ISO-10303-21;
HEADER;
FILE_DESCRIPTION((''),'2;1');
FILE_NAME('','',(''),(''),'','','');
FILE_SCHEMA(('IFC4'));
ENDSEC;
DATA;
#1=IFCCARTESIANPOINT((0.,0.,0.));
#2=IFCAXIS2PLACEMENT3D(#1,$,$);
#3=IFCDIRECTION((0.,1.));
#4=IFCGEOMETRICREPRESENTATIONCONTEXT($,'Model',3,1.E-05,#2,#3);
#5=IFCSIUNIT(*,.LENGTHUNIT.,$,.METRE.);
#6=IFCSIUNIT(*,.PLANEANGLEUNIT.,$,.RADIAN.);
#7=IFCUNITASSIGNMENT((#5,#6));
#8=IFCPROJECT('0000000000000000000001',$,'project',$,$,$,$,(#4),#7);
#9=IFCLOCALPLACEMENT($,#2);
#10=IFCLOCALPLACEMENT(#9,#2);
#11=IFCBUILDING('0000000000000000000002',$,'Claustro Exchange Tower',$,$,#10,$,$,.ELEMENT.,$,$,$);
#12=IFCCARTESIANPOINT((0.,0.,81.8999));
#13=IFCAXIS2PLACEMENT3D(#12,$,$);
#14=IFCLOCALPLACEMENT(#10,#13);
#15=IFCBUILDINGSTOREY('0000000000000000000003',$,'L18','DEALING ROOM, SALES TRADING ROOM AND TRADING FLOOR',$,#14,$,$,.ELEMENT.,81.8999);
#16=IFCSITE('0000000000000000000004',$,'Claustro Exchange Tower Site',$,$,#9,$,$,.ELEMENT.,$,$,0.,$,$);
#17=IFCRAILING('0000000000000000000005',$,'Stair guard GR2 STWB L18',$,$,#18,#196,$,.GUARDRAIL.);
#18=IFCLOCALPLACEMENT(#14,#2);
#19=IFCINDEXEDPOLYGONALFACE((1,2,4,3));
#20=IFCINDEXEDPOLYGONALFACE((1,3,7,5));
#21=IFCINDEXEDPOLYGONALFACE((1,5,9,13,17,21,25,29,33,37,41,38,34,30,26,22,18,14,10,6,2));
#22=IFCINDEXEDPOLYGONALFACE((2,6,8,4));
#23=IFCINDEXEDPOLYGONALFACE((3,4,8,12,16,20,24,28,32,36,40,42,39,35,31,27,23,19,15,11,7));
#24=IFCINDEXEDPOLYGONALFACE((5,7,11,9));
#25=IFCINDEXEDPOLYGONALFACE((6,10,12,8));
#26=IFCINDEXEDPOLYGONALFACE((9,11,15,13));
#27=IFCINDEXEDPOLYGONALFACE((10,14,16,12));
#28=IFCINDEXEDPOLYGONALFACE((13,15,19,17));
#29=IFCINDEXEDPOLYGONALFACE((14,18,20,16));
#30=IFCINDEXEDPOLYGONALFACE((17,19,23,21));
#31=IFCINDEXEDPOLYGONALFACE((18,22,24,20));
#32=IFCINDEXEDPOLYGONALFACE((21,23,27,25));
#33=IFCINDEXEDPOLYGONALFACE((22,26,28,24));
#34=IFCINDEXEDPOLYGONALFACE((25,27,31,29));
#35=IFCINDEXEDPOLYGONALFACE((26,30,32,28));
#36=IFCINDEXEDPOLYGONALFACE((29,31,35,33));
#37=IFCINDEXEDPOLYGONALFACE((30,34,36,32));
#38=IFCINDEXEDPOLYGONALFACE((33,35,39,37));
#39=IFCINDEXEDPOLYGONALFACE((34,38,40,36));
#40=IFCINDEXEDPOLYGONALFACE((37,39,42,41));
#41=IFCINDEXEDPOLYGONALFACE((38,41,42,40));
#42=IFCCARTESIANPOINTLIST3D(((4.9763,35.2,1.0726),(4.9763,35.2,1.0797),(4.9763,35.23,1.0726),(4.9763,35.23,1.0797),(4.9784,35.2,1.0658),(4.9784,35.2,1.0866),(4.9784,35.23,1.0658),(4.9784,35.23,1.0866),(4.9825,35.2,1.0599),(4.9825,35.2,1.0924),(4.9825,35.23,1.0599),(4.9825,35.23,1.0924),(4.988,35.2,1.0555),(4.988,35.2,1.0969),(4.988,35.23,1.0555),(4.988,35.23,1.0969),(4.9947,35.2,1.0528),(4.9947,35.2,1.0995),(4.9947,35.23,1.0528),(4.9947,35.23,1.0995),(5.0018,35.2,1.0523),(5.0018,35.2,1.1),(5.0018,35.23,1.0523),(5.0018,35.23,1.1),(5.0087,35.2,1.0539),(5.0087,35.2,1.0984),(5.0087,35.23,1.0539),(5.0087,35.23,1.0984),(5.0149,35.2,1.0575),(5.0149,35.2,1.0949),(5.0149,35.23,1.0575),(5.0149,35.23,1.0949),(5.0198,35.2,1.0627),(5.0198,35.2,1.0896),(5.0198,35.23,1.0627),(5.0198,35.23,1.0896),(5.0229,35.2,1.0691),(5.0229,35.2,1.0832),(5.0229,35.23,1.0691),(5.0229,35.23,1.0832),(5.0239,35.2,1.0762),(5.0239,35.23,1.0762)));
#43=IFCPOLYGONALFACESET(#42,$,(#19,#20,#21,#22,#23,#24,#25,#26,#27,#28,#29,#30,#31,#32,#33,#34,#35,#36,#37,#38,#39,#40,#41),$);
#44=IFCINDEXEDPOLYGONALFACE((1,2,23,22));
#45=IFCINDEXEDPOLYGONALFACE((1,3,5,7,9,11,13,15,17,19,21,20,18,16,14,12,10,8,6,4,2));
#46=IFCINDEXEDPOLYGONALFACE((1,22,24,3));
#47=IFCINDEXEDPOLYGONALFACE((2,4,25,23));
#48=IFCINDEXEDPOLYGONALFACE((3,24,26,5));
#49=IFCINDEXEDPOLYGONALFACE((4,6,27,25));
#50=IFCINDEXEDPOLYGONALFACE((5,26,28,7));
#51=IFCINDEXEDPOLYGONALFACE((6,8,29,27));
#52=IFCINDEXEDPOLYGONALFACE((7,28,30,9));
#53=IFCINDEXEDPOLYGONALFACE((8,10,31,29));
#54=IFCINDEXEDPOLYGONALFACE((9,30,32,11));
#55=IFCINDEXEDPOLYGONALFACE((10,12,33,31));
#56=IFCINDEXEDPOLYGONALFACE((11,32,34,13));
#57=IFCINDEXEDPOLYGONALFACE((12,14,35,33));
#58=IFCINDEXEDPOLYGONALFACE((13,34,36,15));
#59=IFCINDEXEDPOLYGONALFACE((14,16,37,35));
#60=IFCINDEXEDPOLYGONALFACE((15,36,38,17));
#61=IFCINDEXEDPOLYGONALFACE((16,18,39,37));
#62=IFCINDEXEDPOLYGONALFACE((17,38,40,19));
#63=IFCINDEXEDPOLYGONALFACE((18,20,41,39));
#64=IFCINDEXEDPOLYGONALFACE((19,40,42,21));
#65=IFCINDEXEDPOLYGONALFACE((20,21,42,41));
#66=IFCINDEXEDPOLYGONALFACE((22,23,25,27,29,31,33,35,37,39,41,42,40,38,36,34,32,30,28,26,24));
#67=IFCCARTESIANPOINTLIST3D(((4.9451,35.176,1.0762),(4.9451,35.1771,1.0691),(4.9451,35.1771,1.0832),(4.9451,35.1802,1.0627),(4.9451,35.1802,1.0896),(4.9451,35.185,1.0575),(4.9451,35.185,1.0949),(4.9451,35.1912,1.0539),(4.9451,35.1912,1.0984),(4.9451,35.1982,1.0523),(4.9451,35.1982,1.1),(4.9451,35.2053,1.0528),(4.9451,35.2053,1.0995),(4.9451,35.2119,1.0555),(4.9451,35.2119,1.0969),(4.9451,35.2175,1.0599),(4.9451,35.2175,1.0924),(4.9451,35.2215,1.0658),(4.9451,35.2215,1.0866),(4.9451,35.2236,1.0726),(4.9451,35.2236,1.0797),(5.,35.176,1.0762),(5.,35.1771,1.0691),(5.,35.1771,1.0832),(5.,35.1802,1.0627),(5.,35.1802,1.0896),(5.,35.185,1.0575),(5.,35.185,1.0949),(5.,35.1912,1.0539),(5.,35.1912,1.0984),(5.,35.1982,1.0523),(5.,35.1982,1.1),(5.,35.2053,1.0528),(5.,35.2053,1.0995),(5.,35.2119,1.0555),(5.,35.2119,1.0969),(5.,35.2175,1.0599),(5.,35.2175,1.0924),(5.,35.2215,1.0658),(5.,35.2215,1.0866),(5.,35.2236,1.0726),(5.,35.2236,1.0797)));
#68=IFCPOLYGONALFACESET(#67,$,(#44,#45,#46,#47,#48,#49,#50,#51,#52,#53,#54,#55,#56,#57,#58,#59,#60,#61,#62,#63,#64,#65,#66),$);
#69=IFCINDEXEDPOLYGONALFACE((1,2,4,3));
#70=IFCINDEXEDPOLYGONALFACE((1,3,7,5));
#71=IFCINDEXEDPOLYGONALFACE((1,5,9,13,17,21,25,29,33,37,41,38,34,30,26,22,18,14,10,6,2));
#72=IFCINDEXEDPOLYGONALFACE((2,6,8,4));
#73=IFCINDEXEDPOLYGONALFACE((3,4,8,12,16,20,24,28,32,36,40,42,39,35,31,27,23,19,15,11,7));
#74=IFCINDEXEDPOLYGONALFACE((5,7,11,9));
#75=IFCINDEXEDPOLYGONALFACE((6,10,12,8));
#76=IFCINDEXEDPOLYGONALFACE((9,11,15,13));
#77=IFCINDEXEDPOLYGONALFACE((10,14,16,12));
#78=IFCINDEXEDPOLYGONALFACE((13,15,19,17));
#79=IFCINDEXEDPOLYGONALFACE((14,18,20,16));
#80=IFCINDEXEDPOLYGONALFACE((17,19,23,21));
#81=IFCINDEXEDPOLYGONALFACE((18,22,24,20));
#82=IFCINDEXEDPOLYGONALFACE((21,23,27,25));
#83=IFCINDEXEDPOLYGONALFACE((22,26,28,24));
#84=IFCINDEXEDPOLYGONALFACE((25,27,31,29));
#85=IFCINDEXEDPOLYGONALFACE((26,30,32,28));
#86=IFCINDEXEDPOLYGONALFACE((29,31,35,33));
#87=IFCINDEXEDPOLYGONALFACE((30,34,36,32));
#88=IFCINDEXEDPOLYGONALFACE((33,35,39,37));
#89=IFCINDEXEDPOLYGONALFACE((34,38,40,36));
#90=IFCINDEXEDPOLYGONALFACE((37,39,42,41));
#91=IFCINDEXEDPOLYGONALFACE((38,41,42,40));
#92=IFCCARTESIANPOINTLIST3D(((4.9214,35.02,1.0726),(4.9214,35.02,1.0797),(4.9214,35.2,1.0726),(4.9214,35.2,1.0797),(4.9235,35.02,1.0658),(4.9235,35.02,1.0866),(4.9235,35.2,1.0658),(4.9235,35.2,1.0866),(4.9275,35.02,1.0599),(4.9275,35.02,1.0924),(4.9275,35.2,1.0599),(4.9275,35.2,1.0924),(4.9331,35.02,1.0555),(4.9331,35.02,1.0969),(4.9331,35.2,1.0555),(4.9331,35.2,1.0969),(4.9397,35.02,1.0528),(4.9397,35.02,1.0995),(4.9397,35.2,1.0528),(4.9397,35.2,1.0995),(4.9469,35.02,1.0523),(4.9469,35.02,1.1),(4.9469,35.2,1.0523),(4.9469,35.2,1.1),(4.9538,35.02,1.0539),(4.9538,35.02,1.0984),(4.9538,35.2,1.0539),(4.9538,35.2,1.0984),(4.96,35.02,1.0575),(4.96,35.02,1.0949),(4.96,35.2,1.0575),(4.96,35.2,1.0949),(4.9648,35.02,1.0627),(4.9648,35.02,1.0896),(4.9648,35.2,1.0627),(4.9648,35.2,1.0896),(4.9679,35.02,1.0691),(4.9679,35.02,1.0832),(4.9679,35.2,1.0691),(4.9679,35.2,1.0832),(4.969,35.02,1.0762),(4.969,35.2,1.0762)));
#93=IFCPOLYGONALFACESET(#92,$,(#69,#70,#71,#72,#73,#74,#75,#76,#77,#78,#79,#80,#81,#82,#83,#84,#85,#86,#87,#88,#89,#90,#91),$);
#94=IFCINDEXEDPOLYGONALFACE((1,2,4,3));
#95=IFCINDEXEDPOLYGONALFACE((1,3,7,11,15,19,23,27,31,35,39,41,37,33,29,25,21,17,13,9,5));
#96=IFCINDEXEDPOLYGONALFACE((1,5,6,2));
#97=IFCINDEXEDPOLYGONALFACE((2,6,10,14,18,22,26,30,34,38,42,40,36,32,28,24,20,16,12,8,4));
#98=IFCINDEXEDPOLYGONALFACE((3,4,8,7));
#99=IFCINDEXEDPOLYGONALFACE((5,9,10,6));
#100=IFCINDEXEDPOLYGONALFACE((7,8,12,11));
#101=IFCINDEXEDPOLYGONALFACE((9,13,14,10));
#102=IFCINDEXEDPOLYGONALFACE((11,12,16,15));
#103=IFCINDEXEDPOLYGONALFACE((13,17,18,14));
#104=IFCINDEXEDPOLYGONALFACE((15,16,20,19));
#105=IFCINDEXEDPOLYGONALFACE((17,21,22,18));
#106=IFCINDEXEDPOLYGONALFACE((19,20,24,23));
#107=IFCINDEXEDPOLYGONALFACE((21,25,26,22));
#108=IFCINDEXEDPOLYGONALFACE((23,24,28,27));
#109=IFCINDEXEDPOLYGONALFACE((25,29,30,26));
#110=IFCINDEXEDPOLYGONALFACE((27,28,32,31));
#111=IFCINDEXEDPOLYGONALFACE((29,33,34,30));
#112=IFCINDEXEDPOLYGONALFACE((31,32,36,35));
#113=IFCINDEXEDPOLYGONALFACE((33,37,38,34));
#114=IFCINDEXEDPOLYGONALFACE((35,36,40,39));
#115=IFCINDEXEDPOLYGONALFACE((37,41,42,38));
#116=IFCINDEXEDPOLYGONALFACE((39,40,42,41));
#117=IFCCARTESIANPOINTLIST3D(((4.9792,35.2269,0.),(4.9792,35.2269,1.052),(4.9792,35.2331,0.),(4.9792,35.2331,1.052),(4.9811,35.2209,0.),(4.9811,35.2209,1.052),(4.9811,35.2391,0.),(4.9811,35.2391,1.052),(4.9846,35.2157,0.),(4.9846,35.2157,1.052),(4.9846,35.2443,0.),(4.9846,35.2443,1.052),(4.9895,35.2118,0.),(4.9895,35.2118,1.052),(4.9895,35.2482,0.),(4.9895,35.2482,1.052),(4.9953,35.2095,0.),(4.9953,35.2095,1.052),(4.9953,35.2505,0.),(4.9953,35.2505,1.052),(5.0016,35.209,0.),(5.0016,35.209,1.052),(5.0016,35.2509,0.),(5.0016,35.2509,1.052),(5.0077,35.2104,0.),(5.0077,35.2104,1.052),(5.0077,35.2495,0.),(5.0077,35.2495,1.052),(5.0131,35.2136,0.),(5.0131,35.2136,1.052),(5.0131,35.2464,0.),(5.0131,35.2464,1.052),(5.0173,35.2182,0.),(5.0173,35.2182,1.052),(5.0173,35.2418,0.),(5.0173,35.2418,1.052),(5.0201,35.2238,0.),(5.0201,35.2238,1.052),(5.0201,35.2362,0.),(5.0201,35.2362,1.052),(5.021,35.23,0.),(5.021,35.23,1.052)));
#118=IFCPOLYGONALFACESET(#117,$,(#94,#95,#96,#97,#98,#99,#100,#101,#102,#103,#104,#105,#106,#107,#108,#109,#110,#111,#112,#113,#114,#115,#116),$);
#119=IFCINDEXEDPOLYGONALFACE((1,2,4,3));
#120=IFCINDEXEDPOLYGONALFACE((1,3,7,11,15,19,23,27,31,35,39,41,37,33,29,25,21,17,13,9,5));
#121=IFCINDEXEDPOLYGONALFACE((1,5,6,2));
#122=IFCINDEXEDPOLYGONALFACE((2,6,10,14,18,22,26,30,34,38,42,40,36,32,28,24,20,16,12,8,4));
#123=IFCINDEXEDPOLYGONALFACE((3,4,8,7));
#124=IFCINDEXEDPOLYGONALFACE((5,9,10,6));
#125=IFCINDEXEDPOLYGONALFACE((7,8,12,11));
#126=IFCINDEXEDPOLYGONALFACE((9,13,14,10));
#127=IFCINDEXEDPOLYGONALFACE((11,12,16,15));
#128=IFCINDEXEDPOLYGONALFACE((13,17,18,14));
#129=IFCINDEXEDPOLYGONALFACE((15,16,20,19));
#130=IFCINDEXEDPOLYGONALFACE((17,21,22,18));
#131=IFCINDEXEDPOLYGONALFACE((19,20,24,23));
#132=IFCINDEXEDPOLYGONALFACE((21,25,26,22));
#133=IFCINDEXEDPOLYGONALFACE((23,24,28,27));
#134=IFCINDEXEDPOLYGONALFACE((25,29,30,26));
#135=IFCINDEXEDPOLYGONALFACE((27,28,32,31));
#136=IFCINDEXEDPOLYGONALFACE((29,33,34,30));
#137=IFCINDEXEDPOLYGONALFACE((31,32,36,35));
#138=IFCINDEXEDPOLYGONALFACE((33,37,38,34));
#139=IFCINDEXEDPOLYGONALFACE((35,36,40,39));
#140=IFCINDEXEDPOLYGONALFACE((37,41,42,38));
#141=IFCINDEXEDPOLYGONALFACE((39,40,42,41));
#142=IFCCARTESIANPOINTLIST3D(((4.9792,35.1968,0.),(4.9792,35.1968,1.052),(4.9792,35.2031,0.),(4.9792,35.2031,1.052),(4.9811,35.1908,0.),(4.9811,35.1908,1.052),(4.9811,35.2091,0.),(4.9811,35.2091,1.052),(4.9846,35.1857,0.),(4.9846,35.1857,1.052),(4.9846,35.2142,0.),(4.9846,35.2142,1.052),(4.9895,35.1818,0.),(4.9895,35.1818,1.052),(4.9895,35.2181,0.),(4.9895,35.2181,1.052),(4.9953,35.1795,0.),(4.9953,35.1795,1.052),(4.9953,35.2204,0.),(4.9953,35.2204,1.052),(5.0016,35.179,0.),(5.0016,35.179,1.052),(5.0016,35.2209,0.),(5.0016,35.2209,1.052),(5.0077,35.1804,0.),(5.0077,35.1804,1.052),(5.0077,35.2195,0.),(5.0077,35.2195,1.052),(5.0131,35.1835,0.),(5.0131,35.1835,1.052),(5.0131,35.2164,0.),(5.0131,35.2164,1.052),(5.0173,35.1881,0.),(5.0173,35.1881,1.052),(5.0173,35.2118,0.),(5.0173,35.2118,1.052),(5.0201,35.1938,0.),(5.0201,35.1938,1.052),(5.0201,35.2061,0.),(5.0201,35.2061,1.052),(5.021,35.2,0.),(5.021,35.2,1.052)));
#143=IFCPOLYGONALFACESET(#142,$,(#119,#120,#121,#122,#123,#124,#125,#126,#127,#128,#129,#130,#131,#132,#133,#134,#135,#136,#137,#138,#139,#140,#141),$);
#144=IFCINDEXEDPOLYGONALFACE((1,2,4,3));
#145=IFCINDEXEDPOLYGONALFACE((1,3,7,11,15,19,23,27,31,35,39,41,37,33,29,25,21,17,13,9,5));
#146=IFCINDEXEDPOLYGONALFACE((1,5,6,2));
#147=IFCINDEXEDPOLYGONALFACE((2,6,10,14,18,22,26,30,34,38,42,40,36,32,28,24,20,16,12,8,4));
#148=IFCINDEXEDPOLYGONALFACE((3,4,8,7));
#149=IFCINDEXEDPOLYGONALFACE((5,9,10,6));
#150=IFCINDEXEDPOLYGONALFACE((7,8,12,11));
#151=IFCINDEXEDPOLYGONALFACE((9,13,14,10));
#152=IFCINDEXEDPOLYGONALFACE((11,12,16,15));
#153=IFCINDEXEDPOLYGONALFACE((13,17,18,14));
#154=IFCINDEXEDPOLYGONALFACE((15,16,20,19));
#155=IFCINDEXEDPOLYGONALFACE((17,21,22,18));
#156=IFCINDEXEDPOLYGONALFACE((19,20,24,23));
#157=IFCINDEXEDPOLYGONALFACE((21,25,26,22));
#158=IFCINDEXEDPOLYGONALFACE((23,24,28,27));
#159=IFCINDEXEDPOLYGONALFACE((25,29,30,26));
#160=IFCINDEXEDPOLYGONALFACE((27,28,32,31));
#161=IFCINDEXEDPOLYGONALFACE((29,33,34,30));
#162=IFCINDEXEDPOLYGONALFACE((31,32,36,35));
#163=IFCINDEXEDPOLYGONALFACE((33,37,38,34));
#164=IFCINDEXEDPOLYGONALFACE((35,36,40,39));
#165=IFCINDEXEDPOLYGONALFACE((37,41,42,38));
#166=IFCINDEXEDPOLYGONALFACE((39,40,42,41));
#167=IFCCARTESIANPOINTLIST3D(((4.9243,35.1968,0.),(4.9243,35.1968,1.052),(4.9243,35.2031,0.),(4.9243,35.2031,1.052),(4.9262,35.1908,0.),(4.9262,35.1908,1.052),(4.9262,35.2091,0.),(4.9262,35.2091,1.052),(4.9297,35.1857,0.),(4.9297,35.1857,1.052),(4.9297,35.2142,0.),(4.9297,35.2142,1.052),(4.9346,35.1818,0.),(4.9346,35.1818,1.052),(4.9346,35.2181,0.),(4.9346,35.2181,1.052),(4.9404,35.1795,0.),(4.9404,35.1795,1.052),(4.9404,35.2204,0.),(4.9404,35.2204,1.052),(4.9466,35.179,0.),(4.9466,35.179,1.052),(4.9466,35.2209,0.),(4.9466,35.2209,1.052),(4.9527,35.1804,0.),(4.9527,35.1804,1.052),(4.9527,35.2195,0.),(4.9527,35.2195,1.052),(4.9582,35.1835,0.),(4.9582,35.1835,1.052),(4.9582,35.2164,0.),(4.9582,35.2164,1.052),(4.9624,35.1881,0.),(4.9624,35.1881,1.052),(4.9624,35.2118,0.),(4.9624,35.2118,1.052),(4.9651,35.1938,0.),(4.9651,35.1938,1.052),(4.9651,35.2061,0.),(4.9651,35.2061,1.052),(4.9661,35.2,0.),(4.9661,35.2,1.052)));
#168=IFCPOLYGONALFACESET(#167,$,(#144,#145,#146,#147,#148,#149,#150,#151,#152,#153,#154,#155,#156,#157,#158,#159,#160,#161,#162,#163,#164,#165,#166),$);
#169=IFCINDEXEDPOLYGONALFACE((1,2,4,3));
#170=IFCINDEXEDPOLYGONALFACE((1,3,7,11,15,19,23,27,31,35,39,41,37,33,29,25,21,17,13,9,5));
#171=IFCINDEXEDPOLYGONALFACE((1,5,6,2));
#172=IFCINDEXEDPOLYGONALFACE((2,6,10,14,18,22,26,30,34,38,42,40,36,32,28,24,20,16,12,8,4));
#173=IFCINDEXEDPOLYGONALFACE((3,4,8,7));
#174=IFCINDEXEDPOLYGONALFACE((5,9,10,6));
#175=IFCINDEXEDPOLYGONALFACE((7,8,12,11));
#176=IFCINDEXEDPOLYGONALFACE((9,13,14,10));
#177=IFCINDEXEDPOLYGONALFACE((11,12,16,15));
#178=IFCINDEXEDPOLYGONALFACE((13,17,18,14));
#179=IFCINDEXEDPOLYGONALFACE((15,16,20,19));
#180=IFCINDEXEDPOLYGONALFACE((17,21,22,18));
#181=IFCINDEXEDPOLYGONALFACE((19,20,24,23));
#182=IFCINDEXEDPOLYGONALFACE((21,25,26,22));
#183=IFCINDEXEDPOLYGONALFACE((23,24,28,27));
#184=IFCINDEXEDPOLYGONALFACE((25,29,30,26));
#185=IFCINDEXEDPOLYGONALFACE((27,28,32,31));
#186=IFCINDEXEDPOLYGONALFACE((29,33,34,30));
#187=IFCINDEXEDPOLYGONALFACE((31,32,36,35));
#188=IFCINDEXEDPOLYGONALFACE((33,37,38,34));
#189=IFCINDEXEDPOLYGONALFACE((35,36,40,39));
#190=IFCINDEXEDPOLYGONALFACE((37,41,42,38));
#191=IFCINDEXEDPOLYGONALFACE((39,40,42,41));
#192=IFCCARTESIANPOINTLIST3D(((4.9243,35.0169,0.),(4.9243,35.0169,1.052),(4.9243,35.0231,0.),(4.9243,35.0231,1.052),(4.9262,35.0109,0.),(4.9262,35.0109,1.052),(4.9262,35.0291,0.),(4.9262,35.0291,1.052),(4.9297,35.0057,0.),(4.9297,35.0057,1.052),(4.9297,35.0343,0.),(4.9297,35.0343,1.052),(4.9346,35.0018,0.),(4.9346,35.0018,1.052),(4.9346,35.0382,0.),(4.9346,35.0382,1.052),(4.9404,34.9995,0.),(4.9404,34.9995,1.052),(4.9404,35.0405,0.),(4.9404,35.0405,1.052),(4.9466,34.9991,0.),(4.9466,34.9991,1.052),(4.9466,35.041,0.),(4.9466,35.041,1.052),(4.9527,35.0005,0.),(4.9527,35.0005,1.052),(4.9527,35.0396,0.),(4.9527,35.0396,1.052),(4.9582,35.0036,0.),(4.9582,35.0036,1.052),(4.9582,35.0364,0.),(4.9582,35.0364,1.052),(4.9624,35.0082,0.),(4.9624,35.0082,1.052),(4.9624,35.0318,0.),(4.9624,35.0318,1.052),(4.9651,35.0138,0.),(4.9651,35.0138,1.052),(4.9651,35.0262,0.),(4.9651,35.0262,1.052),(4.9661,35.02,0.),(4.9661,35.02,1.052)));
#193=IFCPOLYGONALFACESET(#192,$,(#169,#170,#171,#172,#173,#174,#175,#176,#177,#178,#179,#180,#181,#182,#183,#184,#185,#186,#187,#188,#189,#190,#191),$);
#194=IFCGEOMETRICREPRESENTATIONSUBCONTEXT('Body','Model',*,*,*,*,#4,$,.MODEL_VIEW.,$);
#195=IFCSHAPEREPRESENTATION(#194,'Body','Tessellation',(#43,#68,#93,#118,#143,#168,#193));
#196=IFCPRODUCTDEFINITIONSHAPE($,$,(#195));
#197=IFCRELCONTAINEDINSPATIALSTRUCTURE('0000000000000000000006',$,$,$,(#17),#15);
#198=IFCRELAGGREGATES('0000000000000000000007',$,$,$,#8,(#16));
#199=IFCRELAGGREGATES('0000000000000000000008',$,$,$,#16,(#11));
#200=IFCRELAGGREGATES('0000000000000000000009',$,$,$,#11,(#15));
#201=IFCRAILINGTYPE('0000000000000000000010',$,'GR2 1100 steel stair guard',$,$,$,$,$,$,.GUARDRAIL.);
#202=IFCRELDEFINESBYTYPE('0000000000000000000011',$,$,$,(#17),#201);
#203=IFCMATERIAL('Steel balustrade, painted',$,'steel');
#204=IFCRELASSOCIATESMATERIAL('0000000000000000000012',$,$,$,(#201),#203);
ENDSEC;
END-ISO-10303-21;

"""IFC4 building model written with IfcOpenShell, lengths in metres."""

from ifc_helpers import new_model, si_unit, direction, frame, origin, origin_2d, place, context, subcontext, project, spatial, circle, extrude, material, type_object, element, save


model = new_model("IFC4")

# Units and contexts
model_context = context("Model", 3, precision=1e-05, world=origin(), true_north=direction((0.0, 1.0)))
body_context = subcontext(model_context, "Body", "Model", "MODEL_VIEW")
ifc_project = project(units=[si_unit("LENGTHUNIT", "METRE"), si_unit("PLANEANGLEUNIT", "RADIAN")], contexts=[model_context])

# Site, building, storey
site_placement = place(None, origin())
site = spatial("IfcSite", under=ifc_project, at=site_placement, Name="Claustro Exchange Tower Site", CompositionType="ELEMENT", RefElevation=0.0)
building_placement = place(site_placement, origin())
building = spatial("IfcBuilding", under=site, at=building_placement, Name="Claustro Exchange Tower", CompositionType="ELEMENT")
storey_placement = place(building_placement, frame((0.0, 0.0, 81.8999)))
storey = spatial("IfcBuildingStorey", under=building, at=storey_placement, Name="L18", Description="DEALING ROOM, SALES TRADING ROOM AND TRADING FLOOR", CompositionType="ELEMENT", Elevation=81.8999)

# Railing
ifc_material_1 = material(Name="Steel balustrade, painted", Category="steel")
railing_type_1 = type_object("IfcRailingType", Name="GR2 1100 steel stair guard", PredefinedType="GUARDRAIL", material=ifc_material_1)
railing_1_placement = place(storey_placement, frame((5.0, 35.23, 0.0)))
element("IfcRailing", 1, at=railing_1_placement, inside=storey, type_object=railing_type_1, Name="Stair guard GR2 STWB L18", PredefinedType="GUARDRAIL", context=body_context, shape_type="SweptSolid", body=[
    extrude(circle(Radius=0.0239, at=origin_2d()), frame((0.0, 0.0, 1.0762), z_axis=(0.0, -1.0, 0.0), x_axis=(1.0, 0.0, 0.0)), (0.0, 0.0, 1.0), 0.03),
    extrude(circle(Radius=0.0239, at=origin_2d()), frame((0.0, -0.03, 1.0762), z_axis=(-1.0, 0.0, 0.0), x_axis=(0.0, -1.0, 0.0)), (0.0, 0.0, 1.0), 0.0549),
    extrude(circle(Radius=0.0239, at=origin_2d()), frame((-0.0549, -0.03, 1.0762), z_axis=(0.0, -1.0, 0.0), x_axis=(1.0, 0.0, 0.0)), (0.0, 0.0, 1.0), 0.1799),
    extrude(circle(Radius=0.021, at=origin_2d()), origin(), (0.0, 0.0, 1.0), 1.052),
    extrude(circle(Radius=0.021, at=origin_2d()), frame((0.0, -0.03, 0.0)), (0.0, 0.0, 1.0), 1.052),
    extrude(circle(Radius=0.021, at=origin_2d()), frame((-0.0549, -0.03, 0.0)), (0.0, 0.0, 1.0), 1.052),
    extrude(circle(Radius=0.021, at=origin_2d()), frame((-0.0549, -0.21, 0.0)), (0.0, 0.0, 1.0), 1.052),
])

save(model, "model.ifc")
